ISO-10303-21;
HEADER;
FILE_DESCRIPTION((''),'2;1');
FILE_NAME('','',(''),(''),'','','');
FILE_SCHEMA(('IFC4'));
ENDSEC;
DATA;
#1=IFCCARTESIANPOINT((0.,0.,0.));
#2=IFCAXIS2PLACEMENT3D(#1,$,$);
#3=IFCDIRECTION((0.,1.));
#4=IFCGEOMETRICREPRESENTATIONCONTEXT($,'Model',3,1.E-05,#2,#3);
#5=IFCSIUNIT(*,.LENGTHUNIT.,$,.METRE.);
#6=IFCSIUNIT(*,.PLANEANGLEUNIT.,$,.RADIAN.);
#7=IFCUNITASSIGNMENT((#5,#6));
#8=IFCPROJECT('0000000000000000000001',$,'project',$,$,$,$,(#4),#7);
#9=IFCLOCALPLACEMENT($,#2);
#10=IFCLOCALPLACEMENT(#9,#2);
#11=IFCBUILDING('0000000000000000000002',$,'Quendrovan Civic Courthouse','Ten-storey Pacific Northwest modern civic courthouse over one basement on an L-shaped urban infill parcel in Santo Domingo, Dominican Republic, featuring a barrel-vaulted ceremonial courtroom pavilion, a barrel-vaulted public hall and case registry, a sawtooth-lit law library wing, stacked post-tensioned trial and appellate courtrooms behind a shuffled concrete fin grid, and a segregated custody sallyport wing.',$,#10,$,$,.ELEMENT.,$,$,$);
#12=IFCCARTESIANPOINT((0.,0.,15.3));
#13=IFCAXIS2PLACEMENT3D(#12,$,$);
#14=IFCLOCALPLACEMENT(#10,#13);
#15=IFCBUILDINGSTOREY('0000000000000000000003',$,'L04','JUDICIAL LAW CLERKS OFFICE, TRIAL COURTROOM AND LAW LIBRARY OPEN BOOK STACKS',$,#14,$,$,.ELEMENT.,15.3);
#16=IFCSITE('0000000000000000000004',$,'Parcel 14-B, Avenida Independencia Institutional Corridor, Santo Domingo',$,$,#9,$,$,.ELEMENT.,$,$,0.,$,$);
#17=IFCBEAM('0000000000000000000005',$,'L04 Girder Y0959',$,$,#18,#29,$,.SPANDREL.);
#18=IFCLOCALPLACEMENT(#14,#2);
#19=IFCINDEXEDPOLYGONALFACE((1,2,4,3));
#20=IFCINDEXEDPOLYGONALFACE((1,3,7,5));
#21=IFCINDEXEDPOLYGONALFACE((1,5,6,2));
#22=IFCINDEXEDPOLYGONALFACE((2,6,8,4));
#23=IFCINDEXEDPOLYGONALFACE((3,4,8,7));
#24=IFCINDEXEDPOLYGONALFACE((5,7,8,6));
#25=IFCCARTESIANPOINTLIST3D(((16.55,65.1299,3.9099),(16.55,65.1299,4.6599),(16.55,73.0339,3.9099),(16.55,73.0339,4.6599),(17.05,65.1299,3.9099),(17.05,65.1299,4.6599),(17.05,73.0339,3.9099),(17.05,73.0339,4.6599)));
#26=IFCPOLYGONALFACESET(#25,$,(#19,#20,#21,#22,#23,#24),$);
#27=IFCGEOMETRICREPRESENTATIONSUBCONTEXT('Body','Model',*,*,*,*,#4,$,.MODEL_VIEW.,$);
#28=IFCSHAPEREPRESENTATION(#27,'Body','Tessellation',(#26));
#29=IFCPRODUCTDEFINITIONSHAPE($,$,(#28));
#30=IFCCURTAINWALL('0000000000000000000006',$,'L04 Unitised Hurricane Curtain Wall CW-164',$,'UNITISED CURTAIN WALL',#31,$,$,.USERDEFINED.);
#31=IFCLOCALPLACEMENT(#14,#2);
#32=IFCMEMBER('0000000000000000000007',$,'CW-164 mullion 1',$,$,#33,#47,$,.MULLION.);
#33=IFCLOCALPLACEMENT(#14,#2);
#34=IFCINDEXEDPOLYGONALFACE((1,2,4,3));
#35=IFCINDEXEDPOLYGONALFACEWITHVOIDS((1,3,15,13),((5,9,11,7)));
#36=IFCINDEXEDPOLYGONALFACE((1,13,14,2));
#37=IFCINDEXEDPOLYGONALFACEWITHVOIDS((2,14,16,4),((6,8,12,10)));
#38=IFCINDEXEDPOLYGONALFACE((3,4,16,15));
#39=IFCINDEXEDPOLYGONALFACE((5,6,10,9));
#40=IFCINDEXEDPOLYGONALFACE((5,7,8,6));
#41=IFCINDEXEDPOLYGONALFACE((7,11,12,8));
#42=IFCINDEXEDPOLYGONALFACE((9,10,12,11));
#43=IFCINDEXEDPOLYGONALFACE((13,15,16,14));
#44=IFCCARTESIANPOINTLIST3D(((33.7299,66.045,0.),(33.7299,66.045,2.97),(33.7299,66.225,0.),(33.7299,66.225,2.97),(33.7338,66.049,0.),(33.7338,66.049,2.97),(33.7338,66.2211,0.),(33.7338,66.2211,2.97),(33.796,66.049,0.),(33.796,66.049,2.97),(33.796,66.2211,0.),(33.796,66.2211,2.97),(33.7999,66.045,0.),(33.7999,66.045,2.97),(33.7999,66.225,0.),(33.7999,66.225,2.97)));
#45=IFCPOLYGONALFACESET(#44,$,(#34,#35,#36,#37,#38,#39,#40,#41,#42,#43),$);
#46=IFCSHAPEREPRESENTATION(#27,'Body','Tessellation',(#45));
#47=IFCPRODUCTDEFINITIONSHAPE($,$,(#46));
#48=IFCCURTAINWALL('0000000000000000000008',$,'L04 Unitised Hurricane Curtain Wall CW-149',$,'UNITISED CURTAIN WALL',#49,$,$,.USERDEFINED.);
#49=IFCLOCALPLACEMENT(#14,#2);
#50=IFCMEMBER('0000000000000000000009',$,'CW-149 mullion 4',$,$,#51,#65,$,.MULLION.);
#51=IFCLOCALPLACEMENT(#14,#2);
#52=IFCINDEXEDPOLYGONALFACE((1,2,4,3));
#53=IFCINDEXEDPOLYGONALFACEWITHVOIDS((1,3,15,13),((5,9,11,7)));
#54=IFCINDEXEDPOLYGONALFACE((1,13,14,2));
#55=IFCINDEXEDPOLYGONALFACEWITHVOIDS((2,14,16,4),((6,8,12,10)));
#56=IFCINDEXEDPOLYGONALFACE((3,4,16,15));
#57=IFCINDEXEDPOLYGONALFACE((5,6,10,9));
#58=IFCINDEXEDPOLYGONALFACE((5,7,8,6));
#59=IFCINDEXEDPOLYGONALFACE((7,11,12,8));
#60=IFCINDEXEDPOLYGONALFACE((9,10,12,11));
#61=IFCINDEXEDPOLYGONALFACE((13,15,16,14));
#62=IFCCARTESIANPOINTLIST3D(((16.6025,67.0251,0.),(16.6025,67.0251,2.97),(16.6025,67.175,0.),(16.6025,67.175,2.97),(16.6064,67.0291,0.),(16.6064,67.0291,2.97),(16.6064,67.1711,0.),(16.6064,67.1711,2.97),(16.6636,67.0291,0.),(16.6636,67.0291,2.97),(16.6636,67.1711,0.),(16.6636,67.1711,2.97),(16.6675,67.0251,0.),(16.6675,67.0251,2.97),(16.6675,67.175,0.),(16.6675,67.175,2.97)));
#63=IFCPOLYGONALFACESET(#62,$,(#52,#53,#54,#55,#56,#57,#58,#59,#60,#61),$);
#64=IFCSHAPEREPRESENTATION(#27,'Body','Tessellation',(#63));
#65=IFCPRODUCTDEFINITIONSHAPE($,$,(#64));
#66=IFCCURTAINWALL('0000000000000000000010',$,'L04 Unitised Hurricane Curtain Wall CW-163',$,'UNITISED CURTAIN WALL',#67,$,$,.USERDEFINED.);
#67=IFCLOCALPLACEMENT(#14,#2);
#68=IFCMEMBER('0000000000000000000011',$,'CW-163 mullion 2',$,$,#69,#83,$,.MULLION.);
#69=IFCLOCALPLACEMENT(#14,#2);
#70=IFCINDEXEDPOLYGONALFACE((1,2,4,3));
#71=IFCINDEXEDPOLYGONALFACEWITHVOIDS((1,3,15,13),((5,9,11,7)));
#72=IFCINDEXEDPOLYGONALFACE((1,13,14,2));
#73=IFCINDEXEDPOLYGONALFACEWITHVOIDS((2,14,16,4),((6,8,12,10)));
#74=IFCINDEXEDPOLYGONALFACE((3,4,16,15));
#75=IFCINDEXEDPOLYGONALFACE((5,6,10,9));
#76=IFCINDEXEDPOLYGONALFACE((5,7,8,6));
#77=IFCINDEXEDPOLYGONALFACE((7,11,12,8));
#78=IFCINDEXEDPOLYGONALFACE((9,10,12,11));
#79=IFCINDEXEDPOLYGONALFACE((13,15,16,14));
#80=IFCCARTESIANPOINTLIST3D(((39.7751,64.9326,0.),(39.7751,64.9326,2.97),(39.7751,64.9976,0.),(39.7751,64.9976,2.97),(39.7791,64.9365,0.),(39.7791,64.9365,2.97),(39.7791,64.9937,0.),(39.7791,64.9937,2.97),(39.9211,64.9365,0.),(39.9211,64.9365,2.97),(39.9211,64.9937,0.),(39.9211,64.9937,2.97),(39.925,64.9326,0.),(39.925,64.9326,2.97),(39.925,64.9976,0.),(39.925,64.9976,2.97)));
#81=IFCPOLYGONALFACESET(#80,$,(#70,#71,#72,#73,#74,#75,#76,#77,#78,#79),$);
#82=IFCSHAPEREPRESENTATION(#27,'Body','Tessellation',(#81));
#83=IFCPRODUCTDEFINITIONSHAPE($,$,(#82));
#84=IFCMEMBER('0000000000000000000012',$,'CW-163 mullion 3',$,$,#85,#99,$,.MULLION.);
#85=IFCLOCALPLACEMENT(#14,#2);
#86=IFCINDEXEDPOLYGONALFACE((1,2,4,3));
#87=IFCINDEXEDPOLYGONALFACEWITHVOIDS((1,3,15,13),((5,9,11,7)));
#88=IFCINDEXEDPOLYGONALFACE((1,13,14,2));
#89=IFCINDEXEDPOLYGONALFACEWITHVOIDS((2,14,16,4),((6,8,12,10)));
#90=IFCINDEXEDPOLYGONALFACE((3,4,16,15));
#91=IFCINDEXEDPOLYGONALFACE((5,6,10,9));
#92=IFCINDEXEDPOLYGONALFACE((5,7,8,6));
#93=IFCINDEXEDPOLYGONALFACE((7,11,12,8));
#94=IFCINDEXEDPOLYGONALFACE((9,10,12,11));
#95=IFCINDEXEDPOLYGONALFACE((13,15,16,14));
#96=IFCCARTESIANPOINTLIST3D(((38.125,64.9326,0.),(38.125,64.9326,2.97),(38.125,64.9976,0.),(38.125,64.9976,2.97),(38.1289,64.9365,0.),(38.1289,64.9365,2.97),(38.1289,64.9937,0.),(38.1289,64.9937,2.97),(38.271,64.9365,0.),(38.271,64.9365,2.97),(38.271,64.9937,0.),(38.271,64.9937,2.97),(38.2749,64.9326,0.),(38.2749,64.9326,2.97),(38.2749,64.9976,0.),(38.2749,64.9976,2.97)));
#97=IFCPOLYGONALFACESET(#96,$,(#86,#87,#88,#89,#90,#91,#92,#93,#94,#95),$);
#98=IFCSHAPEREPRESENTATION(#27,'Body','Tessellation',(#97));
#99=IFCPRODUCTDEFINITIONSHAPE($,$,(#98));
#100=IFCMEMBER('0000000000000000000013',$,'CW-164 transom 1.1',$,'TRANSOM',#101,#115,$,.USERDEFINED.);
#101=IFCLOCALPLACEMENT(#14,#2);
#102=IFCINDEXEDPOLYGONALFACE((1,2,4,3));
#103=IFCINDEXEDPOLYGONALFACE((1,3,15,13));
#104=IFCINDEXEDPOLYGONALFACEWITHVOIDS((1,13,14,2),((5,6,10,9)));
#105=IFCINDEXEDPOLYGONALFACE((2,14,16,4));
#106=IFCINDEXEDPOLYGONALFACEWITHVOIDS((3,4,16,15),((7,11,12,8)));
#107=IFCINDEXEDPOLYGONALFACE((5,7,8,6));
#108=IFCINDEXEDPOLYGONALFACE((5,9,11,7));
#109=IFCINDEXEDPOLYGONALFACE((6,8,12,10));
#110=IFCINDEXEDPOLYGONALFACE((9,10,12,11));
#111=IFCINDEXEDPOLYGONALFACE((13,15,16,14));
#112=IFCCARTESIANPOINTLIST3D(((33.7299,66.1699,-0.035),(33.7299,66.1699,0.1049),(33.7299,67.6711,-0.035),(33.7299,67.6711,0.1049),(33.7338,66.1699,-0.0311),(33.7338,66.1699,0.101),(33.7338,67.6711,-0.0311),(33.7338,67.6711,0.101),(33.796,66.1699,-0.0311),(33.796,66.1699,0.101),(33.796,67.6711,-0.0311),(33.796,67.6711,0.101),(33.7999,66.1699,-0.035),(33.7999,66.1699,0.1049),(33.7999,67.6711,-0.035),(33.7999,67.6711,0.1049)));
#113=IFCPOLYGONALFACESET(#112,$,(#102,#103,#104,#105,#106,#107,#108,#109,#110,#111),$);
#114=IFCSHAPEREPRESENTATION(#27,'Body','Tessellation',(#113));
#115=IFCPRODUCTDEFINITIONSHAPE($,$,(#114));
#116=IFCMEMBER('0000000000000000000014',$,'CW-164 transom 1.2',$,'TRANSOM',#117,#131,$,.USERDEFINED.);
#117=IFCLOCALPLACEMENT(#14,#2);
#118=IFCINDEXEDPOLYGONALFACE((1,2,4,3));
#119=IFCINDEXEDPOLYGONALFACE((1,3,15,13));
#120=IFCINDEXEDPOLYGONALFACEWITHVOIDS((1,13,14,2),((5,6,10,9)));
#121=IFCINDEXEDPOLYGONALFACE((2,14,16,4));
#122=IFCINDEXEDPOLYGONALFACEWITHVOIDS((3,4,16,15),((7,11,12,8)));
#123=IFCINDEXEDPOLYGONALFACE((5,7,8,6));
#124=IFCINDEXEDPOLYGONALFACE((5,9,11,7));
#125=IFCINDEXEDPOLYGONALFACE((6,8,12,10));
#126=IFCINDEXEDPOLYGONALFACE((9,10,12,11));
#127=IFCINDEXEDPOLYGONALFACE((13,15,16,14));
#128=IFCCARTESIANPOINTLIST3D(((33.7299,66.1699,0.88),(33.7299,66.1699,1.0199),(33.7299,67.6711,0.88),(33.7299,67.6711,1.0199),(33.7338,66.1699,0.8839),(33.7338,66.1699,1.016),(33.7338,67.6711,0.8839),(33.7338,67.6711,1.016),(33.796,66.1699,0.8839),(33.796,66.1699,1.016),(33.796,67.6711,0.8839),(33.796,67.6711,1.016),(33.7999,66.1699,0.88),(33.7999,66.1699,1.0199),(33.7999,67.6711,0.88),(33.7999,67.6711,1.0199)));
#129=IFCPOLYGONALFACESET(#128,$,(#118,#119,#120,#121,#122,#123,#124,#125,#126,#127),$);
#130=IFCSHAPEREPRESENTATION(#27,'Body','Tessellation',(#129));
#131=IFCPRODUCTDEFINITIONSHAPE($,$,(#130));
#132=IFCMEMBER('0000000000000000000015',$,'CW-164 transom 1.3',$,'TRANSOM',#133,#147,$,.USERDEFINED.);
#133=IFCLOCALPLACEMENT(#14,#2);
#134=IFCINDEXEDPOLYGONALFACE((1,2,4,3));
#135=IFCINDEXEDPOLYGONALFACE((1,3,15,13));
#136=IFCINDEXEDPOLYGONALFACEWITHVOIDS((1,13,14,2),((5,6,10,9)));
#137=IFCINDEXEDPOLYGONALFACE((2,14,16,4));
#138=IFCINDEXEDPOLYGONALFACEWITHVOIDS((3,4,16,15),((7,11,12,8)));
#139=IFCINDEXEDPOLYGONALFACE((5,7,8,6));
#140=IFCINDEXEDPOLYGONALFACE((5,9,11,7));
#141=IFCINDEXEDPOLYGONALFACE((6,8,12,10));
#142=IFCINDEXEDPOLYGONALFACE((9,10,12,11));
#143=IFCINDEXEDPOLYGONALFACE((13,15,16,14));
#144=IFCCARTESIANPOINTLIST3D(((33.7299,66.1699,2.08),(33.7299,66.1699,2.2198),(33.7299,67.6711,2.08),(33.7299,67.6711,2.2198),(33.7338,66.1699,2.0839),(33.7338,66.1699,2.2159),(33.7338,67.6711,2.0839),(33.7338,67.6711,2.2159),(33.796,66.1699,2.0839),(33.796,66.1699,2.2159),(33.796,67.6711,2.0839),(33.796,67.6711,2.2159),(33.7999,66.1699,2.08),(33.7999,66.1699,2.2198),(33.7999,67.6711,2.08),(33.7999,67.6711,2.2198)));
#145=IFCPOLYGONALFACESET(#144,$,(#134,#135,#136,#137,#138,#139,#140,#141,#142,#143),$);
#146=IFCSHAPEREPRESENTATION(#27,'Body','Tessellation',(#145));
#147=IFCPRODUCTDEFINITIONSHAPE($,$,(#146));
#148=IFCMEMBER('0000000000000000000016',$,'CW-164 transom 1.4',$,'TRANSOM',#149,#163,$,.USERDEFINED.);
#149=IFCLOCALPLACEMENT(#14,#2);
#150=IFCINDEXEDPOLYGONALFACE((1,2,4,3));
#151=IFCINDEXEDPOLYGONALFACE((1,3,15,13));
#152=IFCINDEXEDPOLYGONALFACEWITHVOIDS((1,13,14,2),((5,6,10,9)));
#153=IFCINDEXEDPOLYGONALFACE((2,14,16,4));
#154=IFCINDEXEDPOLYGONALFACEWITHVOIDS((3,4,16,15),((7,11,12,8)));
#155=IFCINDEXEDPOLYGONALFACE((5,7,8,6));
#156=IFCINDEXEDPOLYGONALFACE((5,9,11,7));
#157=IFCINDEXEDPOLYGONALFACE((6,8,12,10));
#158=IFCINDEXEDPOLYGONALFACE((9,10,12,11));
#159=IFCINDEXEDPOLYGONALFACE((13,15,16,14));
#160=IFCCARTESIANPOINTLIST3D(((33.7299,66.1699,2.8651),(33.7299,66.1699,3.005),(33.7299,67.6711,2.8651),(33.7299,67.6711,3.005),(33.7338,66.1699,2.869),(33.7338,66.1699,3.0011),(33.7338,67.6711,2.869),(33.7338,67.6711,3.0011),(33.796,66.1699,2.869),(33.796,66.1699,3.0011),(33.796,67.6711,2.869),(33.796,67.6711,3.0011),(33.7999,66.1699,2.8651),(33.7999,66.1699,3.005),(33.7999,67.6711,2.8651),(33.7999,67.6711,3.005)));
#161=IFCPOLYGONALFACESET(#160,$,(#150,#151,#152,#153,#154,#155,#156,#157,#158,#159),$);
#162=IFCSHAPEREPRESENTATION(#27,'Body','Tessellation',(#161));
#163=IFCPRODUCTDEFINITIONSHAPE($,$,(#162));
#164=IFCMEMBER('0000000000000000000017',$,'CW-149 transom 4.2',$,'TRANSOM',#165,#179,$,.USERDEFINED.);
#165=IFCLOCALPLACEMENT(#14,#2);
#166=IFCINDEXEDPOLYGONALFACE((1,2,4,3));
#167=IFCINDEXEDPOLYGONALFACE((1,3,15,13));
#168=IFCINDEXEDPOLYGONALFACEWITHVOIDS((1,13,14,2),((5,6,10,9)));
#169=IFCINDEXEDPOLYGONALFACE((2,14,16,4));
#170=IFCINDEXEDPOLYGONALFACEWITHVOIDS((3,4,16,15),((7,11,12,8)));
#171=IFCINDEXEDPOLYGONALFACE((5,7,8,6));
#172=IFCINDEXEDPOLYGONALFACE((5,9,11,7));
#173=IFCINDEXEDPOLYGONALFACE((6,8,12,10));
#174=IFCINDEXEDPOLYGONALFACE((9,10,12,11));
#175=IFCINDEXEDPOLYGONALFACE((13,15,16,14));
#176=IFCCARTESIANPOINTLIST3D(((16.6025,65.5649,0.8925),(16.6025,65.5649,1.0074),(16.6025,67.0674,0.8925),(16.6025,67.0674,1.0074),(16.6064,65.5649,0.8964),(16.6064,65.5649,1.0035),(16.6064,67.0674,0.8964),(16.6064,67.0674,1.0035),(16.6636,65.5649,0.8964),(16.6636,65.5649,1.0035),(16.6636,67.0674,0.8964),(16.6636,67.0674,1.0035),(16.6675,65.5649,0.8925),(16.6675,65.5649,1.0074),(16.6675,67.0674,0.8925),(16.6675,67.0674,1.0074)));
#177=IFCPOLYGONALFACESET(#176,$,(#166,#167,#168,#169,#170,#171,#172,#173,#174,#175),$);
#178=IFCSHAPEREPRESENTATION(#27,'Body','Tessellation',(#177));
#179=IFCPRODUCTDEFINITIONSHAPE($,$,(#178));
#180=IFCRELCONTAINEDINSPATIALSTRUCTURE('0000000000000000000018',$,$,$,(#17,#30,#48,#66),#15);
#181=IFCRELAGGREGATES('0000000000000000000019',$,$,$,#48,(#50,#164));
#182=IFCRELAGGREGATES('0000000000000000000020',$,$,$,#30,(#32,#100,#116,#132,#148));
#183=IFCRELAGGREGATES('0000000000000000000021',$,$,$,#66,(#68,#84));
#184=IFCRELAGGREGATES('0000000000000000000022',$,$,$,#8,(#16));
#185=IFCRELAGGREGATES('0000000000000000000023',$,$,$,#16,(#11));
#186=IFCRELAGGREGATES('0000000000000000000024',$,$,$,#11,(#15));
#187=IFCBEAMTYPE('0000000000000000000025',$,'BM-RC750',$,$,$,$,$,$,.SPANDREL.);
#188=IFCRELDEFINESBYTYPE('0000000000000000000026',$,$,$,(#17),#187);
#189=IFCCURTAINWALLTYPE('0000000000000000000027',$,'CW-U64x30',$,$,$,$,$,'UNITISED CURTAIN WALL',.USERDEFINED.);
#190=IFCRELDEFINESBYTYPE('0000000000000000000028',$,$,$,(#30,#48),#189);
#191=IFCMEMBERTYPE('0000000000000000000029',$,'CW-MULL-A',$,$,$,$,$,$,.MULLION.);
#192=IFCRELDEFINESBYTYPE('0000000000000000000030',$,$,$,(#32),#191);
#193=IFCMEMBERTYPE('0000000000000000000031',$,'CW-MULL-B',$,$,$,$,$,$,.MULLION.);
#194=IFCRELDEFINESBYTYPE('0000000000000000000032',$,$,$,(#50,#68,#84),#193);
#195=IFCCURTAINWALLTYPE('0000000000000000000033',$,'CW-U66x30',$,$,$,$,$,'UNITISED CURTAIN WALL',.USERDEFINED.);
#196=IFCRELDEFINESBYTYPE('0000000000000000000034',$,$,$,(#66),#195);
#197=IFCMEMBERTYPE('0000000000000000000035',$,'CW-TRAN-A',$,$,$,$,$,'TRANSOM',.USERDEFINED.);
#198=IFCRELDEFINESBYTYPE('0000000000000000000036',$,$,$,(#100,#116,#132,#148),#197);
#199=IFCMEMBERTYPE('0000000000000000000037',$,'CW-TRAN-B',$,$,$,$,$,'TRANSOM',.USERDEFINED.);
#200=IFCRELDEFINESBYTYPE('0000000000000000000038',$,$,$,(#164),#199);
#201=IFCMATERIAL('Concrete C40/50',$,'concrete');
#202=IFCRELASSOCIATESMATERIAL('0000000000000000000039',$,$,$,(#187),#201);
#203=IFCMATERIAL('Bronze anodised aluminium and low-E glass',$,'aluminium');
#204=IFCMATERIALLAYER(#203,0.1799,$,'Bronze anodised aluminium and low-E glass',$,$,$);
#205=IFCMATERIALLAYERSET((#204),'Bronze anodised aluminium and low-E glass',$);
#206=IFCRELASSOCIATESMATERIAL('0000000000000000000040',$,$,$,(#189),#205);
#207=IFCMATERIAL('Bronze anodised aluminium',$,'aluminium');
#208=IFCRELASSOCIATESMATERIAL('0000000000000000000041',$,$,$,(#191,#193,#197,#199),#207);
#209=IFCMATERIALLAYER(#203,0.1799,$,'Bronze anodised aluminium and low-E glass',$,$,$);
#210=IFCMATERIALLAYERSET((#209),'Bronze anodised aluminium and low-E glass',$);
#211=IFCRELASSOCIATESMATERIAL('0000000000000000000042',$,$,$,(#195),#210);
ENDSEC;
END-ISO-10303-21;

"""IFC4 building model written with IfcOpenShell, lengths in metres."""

from ifc_helpers import new_model, si_unit, direction, frame, origin, origin_2d, place, context, subcontext, project, spatial, rectangle, hollow_rectangle, extrude, material, layer, layer_set, material_profile, profile_set, type_object, element, aggregate, save


model = new_model("IFC4")

# Units and contexts
model_context = context("Model", 3, precision=1e-05, world=origin(), true_north=direction((0.0, 1.0)))
body_context = subcontext(model_context, "Body", "Model", "MODEL_VIEW")
ifc_project = project(units=[si_unit("LENGTHUNIT", "METRE"), si_unit("PLANEANGLEUNIT", "RADIAN")], contexts=[model_context])

# Site, building, storey
site_placement = place(None, origin())
site = spatial("IfcSite", under=ifc_project, at=site_placement, Name="Parcel 14-B, Avenida Independencia Institutional Corridor, Santo Domingo", CompositionType="ELEMENT", RefElevation=0.0)
building_placement = place(site_placement, origin())
building = spatial("IfcBuilding", under=site, at=building_placement, Name="Quendrovan Civic Courthouse", Description="Ten-storey Pacific Northwest modern civic courthouse over one basement on an L-shaped urban infill parcel in Santo Domingo, Dominican Republic, featuring a barrel-vaulted ceremonial courtroom pavilion, a barrel-vaulted public hall and case registry, a sawtooth-lit law library wing, stacked post-tensioned trial and appellate courtrooms behind a shuffled concrete fin grid, and a segregated custody sallyport wing.", CompositionType="ELEMENT")
storey_placement = place(building_placement, frame((0.0, 0.0, 15.3)))
storey = spatial("IfcBuildingStorey", under=building, at=storey_placement, Name="L04", Description="JUDICIAL LAW CLERKS OFFICE, TRIAL COURTROOM AND LAW LIBRARY OPEN BOOK STACKS", CompositionType="ELEMENT", Elevation=15.3)

# Beam
ifc_material_1 = material(Name="Concrete C40/50", Category="concrete")
ifc_material_profile_1 = material_profile(ifc_material_1, rectangle(XDim=0.5, YDim=0.75, at=origin_2d()), Name="RC-BM-500x750")
ifc_profile_set_1 = profile_set([ifc_material_profile_1], Name="Concrete C40/50")
beam_type = type_object("IfcBeamType", Name="BM-RC750", PredefinedType="SPANDREL", material=ifc_profile_set_1)
beam_placement = place(storey_placement, frame((16.8, 65.1299, 4.2849), z_axis=(0.0, 1.0, 0.0), x_axis=(-1.0, 0.0, 0.0)))
element("IfcBeam", 1, at=beam_placement, inside=storey, type_object=beam_type, Name="L04 Girder Y0959", PredefinedType="SPANDREL", context=body_context, shape_type="SweptSolid", body=[
    extrude(rectangle(XDim=0.5, YDim=0.75, at=origin_2d()), origin(), (0.0, 0.0, 1.0), 7.9041),
])

# Curtain walls, members
ifc_material_2 = material(Name="Bronze anodised aluminium and low-E glass", Category="aluminium")
ifc_layer_1 = layer(ifc_material_2, 0.1799, Name="Bronze anodised aluminium and low-E glass")
ifc_layer_set_1 = layer_set([ifc_layer_1], Name="Bronze anodised aluminium and low-E glass")
curtain_wall_type_1 = type_object("IfcCurtainWallType", Name="CW-U64x30", ElementType="UNITISED CURTAIN WALL", PredefinedType="USERDEFINED", material=ifc_layer_set_1)
curtain_wall_1_placement = place(storey_placement, origin())
curtain_wall_1 = element("IfcCurtainWall", 2, at=curtain_wall_1_placement, inside=storey, type_object=curtain_wall_type_1, Name="L04 Unitised Hurricane Curtain Wall CW-164", ObjectType="UNITISED CURTAIN WALL", PredefinedType="USERDEFINED")
ifc_material_3 = material(Name="Bronze anodised aluminium", Category="aluminium")
ifc_material_profile_2 = material_profile(ifc_material_3, hollow_rectangle(XDim=0.0701, YDim=0.1799, WallThickness=0.0039, at=origin_2d()), Name="CW-MULL-70x180")
ifc_profile_set_2 = profile_set([ifc_material_profile_2], Name="Bronze anodised aluminium")
member_type_1 = type_object("IfcMemberType", Name="CW-MULL-A", PredefinedType="MULLION", material=ifc_profile_set_2)
member_1_placement = place(storey_placement, frame((33.7649, 66.135, 0.0), z_axis=(0.0, 0.0, 1.0), x_axis=(-1.0, 0.0, 0.0)))
member_1 = element("IfcMember", 3, at=member_1_placement, type_object=member_type_1, Name="CW-164 mullion 1", PredefinedType="MULLION", context=body_context, shape_type="SweptSolid", body=[
    extrude(hollow_rectangle(XDim=0.0701, YDim=0.1799, WallThickness=0.0039, at=origin_2d()), origin(), (0.0, 0.0, 1.0), 2.97),
])
curtain_wall_2_placement = place(storey_placement, origin())
curtain_wall_2 = element("IfcCurtainWall", 4, at=curtain_wall_2_placement, inside=storey, type_object=curtain_wall_type_1, Name="L04 Unitised Hurricane Curtain Wall CW-149", ObjectType="UNITISED CURTAIN WALL", PredefinedType="USERDEFINED")
ifc_material_profile_3 = material_profile(ifc_material_3, hollow_rectangle(XDim=0.0649, YDim=0.1499, WallThickness=0.0039, at=origin_2d()), Name="CW-MULL-65x150")
ifc_profile_set_3 = profile_set([ifc_material_profile_3], Name="Bronze anodised aluminium")
member_type_2 = type_object("IfcMemberType", Name="CW-MULL-B", PredefinedType="MULLION", material=ifc_profile_set_3)
member_2_placement = place(storey_placement, frame((16.635, 67.1001, 0.0), z_axis=(0.0, 0.0, 1.0), x_axis=(1.0, 0.0, 0.0)))
member_2 = element("IfcMember", 5, at=member_2_placement, type_object=member_type_2, Name="CW-149 mullion 4", PredefinedType="MULLION", context=body_context, shape_type="SweptSolid", body=[
    extrude(hollow_rectangle(XDim=0.0649, YDim=0.1499, WallThickness=0.0039, at=origin_2d()), origin(), (0.0, 0.0, 1.0), 2.97),
])

# Curtain wall, members
ifc_layer_2 = layer(ifc_material_2, 0.1799, Name="Bronze anodised aluminium and low-E glass")
ifc_layer_set_2 = layer_set([ifc_layer_2], Name="Bronze anodised aluminium and low-E glass")
curtain_wall_type_2 = type_object("IfcCurtainWallType", Name="CW-U66x30", ElementType="UNITISED CURTAIN WALL", PredefinedType="USERDEFINED", material=ifc_layer_set_2)
curtain_wall_3_placement = place(storey_placement, origin())
curtain_wall_3 = element("IfcCurtainWall", 6, at=curtain_wall_3_placement, inside=storey, type_object=curtain_wall_type_2, Name="L04 Unitised Hurricane Curtain Wall CW-163", ObjectType="UNITISED CURTAIN WALL", PredefinedType="USERDEFINED")
member_3_placement = place(storey_placement, frame((39.8501, 64.9651, 0.0), z_axis=(0.0, 0.0, 1.0), x_axis=(0.0, -1.0, 0.0)))
member_3 = element("IfcMember", 7, at=member_3_placement, type_object=member_type_2, Name="CW-163 mullion 2", PredefinedType="MULLION", context=body_context, shape_type="SweptSolid", body=[
    extrude(hollow_rectangle(XDim=0.0649, YDim=0.1499, WallThickness=0.0039, at=origin_2d()), origin(), (0.0, 0.0, 1.0), 2.97),
])
member_4_placement = place(storey_placement, frame((38.2, 64.9651, 0.0), z_axis=(0.0, 0.0, 1.0), x_axis=(0.0, -1.0, 0.0)))
member_4 = element("IfcMember", 8, at=member_4_placement, type_object=member_type_2, Name="CW-163 mullion 3", PredefinedType="MULLION", context=body_context, shape_type="SweptSolid", body=[
    extrude(hollow_rectangle(XDim=0.0649, YDim=0.1499, WallThickness=0.0039, at=origin_2d()), origin(), (0.0, 0.0, 1.0), 2.97),
])

# Members
ifc_material_profile_4 = material_profile(ifc_material_3, hollow_rectangle(XDim=0.0701, YDim=0.1399, WallThickness=0.0039, at=origin_2d()), Name="CW-TRAN-70x140")
ifc_profile_set_4 = profile_set([ifc_material_profile_4], Name="Bronze anodised aluminium")
member_type_3 = type_object("IfcMemberType", Name="CW-TRAN-A", ElementType="TRANSOM", PredefinedType="USERDEFINED", material=ifc_profile_set_4)
member_5_placement = place(storey_placement, frame((33.7649, 66.1699, 0.0349), z_axis=(0.0, 1.0, 0.0), x_axis=(-1.0, 0.0, 0.0)))
member_5 = element("IfcMember", 9, at=member_5_placement, type_object=member_type_3, Name="CW-164 transom 1.1", ObjectType="TRANSOM", PredefinedType="USERDEFINED", context=body_context, shape_type="SweptSolid", body=[
    extrude(hollow_rectangle(XDim=0.0701, YDim=0.1399, WallThickness=0.0039, at=origin_2d()), origin(), (0.0, 0.0, 1.0), 1.5012),
])
member_6_placement = place(storey_placement, frame((33.7649, 66.1699, 0.95), z_axis=(0.0, 1.0, 0.0), x_axis=(-1.0, 0.0, 0.0)))
member_6 = element("IfcMember", 10, at=member_6_placement, type_object=member_type_3, Name="CW-164 transom 1.2", ObjectType="TRANSOM", PredefinedType="USERDEFINED", context=body_context, shape_type="SweptSolid", body=[
    extrude(hollow_rectangle(XDim=0.0701, YDim=0.1399, WallThickness=0.0039, at=origin_2d()), origin(), (0.0, 0.0, 1.0), 1.5012),
])
member_7_placement = place(storey_placement, frame((33.7649, 66.1699, 2.1499), z_axis=(0.0, 1.0, 0.0), x_axis=(-1.0, 0.0, 0.0)))
member_7 = element("IfcMember", 11, at=member_7_placement, type_object=member_type_3, Name="CW-164 transom 1.3", ObjectType="TRANSOM", PredefinedType="USERDEFINED", context=body_context, shape_type="SweptSolid", body=[
    extrude(hollow_rectangle(XDim=0.0701, YDim=0.1399, WallThickness=0.0039, at=origin_2d()), origin(), (0.0, 0.0, 1.0), 1.5012),
])
member_8_placement = place(storey_placement, frame((33.7649, 66.1699, 2.9351), z_axis=(0.0, 1.0, 0.0), x_axis=(-1.0, 0.0, 0.0)))
member_8 = element("IfcMember", 12, at=member_8_placement, type_object=member_type_3, Name="CW-164 transom 1.4", ObjectType="TRANSOM", PredefinedType="USERDEFINED", context=body_context, shape_type="SweptSolid", body=[
    extrude(hollow_rectangle(XDim=0.0701, YDim=0.1399, WallThickness=0.0039, at=origin_2d()), origin(), (0.0, 0.0, 1.0), 1.5012),
])
ifc_material_profile_5 = material_profile(ifc_material_3, hollow_rectangle(XDim=0.0649, YDim=0.115, WallThickness=0.0039, at=origin_2d()), Name="CW-TRAN-65x115")
ifc_profile_set_5 = profile_set([ifc_material_profile_5], Name="Bronze anodised aluminium")
member_type_4 = type_object("IfcMemberType", Name="CW-TRAN-B", ElementType="TRANSOM", PredefinedType="USERDEFINED", material=ifc_profile_set_5)
member_9_placement = place(storey_placement, frame((16.635, 67.0674, 0.95), z_axis=(0.0, -1.0, 0.0), x_axis=(1.0, 0.0, 0.0)))
member_9 = element("IfcMember", 13, at=member_9_placement, type_object=member_type_4, Name="CW-149 transom 4.2", ObjectType="TRANSOM", PredefinedType="USERDEFINED", context=body_context, shape_type="SweptSolid", body=[
    extrude(hollow_rectangle(XDim=0.0649, YDim=0.115, WallThickness=0.0039, at=origin_2d()), origin(), (0.0, 0.0, 1.0), 1.5024),
])
aggregate(curtain_wall_2, [member_2, member_9])

aggregate(curtain_wall_1, [member_1, member_5, member_6, member_7, member_8])
aggregate(curtain_wall_3, [member_3, member_4])

save(model, "model.ifc")
